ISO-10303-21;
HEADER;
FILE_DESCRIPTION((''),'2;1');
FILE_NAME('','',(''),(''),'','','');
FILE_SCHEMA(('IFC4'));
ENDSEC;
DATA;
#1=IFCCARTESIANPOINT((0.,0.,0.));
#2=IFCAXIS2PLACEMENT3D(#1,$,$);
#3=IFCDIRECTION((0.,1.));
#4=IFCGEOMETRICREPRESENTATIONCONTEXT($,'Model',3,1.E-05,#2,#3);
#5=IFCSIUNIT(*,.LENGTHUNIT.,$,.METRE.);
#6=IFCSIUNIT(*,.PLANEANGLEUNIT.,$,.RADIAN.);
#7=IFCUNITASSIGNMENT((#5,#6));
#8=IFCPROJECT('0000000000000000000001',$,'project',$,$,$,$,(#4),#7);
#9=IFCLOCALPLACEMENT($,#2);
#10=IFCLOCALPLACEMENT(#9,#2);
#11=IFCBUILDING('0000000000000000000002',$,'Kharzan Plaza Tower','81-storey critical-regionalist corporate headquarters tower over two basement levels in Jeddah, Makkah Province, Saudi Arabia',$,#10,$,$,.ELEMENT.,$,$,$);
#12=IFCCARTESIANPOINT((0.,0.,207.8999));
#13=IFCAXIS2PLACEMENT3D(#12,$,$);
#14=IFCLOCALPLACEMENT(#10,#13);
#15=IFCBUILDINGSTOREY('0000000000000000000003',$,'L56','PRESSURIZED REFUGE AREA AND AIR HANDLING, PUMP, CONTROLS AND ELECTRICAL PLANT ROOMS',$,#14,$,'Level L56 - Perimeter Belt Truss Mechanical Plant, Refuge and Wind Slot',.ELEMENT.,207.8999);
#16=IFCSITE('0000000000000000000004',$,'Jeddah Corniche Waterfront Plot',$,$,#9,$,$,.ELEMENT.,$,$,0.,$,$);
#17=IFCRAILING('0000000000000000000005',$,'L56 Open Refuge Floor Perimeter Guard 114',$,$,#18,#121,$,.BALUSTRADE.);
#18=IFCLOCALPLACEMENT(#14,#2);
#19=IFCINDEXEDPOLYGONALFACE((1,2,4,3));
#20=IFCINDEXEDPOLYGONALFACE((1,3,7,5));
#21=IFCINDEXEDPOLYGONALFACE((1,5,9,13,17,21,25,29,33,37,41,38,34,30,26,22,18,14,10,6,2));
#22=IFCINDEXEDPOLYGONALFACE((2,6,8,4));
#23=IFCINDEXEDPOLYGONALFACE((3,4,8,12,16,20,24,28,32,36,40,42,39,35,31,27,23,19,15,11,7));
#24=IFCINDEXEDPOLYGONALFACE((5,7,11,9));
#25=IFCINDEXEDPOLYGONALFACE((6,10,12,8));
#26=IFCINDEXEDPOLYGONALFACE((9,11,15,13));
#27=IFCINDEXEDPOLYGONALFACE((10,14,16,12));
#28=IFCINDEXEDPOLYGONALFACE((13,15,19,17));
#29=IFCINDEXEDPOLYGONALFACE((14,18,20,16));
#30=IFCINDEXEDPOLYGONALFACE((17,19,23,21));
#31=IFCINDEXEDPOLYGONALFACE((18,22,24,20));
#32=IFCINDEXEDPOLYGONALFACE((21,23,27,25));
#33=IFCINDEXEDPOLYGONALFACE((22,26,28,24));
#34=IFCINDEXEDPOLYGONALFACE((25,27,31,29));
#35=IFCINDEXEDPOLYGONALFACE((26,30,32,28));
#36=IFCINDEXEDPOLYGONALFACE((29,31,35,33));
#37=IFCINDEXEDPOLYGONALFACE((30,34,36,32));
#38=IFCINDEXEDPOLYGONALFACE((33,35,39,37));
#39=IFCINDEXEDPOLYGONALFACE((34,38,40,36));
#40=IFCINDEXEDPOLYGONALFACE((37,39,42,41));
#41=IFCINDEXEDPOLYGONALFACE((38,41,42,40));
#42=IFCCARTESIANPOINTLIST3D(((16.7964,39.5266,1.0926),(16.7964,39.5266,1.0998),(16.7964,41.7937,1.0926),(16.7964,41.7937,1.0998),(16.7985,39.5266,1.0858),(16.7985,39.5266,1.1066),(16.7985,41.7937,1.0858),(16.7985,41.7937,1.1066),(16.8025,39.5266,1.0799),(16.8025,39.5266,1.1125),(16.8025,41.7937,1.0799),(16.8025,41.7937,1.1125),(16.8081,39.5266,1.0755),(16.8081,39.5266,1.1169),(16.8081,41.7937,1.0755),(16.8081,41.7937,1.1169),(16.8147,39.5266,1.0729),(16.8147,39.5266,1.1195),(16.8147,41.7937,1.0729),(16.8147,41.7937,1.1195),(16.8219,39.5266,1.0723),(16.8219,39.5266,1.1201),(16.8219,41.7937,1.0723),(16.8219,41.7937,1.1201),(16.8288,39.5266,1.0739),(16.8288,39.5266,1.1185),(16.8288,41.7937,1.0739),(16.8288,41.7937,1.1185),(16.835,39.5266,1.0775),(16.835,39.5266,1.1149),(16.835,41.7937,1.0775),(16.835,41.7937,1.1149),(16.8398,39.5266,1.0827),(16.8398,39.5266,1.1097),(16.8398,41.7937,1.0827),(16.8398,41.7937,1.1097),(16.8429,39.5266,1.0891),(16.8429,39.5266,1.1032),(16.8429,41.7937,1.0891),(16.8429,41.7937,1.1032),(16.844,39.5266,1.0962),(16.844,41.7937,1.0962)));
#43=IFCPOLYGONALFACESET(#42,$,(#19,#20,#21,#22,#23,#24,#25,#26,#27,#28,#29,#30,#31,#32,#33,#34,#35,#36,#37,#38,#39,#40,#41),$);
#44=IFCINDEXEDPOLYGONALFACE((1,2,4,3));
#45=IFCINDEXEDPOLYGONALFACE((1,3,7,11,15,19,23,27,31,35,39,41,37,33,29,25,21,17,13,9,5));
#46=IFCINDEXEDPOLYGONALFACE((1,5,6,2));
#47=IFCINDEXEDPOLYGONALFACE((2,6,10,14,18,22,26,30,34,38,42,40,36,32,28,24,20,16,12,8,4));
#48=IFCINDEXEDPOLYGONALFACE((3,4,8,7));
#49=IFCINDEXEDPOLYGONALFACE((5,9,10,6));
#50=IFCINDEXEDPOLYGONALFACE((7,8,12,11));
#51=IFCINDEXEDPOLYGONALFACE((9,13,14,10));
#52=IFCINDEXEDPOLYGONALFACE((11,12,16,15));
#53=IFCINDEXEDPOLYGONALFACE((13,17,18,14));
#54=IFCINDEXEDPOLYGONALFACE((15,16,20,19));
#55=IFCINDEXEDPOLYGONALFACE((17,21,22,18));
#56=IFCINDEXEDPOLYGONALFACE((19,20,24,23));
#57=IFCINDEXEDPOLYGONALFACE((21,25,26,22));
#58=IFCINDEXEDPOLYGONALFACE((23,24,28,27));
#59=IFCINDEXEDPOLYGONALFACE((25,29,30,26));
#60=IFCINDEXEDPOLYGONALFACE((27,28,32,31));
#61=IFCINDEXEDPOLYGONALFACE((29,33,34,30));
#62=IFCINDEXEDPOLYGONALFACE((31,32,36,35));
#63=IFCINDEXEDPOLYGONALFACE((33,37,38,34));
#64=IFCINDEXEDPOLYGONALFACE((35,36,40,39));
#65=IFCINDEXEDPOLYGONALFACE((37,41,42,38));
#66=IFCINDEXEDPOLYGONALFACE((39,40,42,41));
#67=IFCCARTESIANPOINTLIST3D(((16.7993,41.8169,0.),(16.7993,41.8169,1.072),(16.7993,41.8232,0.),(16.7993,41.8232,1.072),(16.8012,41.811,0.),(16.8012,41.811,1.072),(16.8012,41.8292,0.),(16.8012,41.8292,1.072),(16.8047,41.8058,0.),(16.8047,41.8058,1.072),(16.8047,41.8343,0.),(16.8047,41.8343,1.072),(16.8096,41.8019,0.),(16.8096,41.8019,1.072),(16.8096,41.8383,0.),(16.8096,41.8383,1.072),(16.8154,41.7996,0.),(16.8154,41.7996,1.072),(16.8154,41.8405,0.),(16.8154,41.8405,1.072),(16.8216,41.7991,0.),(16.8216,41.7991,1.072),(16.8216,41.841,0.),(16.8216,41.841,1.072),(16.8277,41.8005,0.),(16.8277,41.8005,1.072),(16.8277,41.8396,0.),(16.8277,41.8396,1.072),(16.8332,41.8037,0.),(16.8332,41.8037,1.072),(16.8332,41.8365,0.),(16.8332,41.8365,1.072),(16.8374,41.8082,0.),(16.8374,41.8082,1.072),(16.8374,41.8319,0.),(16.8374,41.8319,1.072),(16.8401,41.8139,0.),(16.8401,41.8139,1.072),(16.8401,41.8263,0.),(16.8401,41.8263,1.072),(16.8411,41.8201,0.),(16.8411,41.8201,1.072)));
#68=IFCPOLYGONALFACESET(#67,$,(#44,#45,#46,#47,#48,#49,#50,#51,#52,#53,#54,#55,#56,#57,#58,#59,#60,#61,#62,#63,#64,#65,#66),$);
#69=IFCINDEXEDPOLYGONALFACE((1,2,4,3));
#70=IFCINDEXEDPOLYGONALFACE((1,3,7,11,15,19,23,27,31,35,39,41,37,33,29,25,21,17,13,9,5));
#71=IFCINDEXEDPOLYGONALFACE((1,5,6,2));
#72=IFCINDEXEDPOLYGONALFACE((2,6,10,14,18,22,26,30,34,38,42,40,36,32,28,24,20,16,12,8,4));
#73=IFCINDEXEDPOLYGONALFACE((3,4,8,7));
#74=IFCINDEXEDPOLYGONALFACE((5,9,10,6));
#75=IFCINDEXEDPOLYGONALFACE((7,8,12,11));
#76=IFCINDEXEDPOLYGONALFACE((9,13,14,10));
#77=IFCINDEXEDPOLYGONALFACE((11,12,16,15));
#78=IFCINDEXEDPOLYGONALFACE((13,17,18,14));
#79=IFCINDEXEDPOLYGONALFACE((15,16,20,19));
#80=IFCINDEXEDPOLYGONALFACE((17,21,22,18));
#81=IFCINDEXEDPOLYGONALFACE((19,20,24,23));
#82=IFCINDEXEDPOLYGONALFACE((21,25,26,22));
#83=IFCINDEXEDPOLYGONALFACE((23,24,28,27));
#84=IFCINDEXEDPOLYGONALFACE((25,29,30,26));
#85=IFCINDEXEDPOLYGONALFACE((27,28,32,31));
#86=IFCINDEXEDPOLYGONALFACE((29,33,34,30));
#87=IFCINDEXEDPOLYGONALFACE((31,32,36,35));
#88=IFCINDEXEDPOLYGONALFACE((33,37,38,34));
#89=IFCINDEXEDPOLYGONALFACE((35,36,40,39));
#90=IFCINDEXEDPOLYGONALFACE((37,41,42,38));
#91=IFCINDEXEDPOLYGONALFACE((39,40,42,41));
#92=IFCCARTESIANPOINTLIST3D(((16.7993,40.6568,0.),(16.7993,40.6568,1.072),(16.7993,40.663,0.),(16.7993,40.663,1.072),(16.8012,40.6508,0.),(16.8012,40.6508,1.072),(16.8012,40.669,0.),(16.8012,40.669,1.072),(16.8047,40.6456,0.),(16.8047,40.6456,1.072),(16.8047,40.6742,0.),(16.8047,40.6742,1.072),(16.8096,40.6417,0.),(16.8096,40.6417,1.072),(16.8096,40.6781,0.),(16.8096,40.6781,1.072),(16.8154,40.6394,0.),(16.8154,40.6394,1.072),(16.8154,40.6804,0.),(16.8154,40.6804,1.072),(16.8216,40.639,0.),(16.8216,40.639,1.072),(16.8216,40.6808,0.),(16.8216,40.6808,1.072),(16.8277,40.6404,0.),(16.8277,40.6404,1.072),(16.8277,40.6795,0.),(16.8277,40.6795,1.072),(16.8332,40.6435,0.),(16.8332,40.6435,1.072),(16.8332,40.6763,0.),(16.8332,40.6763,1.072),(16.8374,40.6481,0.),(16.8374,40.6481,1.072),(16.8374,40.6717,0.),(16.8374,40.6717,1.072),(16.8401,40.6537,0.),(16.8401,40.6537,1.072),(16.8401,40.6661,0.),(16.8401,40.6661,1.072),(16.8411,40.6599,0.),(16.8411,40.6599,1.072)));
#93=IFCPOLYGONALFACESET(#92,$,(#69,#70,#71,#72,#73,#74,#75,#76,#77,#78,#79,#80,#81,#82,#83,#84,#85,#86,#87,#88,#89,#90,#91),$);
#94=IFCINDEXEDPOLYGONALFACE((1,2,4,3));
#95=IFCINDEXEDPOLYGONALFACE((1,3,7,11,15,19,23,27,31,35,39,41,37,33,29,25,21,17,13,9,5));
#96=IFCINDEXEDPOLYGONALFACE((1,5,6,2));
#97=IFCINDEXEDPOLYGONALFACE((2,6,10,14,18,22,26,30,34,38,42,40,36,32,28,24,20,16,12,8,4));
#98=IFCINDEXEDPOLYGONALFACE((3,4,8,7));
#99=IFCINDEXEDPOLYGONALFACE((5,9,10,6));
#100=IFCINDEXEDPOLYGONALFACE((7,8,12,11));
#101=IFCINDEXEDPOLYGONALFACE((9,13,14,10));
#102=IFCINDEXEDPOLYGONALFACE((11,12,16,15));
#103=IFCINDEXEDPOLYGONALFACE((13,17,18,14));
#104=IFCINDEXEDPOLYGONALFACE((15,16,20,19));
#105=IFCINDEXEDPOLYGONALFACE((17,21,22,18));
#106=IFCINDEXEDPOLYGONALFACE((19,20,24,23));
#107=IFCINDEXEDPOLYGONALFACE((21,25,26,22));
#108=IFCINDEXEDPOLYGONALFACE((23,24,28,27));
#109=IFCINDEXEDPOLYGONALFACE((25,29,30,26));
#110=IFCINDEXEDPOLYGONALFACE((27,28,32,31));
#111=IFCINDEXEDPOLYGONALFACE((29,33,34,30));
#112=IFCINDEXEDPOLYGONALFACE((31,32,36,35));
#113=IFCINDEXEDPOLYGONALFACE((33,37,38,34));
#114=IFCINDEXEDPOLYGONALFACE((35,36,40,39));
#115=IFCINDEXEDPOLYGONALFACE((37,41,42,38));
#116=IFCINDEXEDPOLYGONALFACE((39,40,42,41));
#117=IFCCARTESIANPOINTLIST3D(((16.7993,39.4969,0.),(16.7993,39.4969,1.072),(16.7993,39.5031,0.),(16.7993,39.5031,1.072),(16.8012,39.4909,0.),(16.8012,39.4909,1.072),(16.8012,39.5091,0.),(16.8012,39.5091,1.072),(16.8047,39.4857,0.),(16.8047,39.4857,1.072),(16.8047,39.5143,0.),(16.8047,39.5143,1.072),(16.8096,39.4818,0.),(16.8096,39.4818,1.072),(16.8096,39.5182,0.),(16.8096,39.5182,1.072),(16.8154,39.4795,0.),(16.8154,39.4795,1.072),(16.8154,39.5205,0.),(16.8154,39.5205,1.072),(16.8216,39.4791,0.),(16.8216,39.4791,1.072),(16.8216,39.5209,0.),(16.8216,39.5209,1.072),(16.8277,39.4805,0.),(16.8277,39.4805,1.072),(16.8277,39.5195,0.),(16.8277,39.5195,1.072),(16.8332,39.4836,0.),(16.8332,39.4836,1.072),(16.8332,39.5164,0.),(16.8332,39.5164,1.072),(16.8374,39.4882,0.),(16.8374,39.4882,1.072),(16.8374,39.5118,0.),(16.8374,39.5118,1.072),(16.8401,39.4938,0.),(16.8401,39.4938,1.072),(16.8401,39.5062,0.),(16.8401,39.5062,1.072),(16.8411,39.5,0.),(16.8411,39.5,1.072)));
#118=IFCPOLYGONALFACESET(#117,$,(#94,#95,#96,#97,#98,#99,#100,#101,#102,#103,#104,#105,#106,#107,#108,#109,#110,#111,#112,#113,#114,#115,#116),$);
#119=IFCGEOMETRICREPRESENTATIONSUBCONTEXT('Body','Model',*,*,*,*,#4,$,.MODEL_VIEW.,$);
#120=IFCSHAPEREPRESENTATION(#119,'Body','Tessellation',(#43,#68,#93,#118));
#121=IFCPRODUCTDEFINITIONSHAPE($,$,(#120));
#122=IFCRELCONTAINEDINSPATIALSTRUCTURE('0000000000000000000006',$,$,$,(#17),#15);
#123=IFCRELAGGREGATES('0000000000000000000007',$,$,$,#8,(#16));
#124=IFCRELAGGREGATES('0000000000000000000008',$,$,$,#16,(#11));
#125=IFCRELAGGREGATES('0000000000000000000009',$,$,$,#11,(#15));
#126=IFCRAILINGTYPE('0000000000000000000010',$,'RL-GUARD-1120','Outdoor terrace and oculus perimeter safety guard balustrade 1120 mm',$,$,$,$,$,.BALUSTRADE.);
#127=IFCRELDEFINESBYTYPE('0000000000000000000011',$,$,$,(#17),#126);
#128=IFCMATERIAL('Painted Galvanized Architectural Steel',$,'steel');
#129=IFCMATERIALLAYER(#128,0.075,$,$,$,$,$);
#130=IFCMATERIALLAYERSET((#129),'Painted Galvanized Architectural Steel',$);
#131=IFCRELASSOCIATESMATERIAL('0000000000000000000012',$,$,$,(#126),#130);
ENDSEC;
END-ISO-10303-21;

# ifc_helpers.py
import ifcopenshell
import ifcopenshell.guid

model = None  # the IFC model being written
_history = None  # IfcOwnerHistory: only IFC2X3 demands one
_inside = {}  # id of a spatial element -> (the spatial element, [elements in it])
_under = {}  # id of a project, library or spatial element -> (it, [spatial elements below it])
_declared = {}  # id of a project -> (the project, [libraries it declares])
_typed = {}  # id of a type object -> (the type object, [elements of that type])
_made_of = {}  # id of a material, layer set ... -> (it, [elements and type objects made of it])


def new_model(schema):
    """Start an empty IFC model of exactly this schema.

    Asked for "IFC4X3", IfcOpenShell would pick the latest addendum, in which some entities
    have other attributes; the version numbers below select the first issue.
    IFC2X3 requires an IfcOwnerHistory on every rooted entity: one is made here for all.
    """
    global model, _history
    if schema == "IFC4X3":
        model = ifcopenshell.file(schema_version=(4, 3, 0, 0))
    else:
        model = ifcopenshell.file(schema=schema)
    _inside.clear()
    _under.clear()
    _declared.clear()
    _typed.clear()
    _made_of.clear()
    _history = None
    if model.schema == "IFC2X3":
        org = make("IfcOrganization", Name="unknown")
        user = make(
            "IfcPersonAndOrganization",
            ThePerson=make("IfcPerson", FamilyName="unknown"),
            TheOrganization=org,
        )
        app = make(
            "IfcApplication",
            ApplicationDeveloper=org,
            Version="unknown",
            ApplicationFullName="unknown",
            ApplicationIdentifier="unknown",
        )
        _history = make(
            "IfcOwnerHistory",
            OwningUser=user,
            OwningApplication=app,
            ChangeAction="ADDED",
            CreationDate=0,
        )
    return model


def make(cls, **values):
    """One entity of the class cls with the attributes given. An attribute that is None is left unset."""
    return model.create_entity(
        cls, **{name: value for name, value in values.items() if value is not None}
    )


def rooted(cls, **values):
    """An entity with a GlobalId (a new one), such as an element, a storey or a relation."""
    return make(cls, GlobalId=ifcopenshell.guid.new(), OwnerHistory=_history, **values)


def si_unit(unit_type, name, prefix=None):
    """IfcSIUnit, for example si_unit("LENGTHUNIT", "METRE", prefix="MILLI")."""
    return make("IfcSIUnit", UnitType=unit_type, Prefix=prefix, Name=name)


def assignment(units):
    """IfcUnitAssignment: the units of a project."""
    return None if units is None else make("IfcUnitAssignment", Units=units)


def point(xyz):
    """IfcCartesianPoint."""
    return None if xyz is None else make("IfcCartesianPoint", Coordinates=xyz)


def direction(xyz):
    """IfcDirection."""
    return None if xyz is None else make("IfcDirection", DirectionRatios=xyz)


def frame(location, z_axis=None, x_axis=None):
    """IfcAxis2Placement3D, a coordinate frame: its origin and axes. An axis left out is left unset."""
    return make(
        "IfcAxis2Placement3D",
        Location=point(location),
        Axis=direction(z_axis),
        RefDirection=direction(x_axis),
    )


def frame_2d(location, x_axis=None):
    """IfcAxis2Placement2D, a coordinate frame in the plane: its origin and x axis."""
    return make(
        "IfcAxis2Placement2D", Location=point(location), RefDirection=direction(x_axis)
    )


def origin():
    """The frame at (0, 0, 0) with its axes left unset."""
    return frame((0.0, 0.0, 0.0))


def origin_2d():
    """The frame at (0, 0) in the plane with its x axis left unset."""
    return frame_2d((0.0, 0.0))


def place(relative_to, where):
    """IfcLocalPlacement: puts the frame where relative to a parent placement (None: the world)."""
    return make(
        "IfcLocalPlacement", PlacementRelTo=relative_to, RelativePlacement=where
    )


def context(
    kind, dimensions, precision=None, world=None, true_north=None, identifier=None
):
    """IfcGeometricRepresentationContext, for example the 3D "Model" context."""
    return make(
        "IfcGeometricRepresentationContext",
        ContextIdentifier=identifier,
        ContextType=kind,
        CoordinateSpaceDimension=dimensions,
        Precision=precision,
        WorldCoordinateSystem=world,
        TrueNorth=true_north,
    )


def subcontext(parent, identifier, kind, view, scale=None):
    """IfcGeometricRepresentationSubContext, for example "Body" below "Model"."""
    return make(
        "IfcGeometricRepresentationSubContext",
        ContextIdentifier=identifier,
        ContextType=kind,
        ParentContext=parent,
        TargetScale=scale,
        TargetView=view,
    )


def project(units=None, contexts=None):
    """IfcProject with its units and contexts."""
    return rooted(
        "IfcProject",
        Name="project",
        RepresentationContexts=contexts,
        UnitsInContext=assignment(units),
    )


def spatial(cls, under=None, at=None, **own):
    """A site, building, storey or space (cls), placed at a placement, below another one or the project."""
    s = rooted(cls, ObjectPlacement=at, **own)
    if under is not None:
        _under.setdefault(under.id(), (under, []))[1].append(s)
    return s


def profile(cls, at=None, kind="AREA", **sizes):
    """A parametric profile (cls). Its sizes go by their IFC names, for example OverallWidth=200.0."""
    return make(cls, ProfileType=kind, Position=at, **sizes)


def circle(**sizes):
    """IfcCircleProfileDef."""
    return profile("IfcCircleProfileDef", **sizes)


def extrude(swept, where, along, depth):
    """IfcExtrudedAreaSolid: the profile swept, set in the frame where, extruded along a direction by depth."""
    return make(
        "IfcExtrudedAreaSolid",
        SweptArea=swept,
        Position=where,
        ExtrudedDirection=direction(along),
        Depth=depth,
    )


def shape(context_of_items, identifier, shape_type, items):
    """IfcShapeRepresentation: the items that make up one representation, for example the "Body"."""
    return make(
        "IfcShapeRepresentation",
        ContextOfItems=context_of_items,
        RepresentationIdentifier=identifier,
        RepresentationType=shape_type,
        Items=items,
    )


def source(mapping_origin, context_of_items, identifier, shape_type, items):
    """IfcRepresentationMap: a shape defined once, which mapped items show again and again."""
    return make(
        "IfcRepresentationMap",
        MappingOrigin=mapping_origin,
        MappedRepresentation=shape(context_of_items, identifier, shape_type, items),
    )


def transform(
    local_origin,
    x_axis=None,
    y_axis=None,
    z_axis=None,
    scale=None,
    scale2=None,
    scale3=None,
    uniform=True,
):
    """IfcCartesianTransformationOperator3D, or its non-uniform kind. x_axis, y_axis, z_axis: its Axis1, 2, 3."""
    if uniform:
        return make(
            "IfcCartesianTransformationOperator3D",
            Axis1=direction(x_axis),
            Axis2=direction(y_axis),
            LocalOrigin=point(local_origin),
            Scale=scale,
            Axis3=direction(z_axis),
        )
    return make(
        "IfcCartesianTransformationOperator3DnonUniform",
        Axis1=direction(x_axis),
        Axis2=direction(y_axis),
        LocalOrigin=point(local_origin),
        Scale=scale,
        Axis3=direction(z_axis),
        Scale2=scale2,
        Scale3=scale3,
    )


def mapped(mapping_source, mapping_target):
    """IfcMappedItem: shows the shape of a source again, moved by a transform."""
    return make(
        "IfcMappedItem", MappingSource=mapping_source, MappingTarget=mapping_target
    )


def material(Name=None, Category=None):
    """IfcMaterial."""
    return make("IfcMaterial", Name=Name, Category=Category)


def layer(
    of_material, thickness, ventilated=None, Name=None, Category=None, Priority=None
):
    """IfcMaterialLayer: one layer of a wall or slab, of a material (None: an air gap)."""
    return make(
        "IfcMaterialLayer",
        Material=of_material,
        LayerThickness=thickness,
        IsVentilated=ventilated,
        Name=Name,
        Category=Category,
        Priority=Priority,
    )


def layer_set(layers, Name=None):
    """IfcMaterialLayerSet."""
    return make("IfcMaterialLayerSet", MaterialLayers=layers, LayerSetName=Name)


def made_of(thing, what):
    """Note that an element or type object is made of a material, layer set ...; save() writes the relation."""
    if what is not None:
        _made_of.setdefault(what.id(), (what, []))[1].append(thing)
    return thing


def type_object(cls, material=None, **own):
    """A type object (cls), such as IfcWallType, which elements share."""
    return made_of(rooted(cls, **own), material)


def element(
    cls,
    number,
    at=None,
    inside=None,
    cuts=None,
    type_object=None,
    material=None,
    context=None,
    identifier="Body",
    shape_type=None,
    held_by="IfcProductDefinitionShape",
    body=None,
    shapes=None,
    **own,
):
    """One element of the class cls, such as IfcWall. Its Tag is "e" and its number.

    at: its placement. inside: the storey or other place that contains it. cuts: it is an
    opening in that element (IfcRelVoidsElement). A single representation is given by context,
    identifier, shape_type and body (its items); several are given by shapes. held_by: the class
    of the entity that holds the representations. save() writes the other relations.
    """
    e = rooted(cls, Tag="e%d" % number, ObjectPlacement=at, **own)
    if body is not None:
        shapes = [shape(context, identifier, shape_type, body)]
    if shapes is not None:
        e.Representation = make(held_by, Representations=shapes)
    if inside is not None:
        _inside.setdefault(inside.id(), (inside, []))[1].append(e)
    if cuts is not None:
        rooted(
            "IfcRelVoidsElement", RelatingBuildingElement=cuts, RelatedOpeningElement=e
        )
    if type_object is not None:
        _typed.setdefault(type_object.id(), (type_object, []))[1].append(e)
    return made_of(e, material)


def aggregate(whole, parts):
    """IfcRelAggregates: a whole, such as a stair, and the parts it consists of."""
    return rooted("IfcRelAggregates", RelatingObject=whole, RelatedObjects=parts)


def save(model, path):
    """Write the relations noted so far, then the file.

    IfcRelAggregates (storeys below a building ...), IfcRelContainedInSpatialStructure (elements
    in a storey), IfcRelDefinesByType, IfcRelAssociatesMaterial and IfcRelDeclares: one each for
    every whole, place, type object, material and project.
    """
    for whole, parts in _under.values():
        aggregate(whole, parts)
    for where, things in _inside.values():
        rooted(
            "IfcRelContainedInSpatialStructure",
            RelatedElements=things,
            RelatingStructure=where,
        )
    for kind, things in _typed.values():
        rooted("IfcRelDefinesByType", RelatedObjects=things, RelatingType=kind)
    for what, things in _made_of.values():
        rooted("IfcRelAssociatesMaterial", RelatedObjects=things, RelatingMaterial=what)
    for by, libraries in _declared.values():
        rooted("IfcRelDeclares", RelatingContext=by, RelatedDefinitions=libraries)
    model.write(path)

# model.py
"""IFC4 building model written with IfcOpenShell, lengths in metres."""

from ifc_helpers import new_model, si_unit, direction, frame, origin, origin_2d, place, context, subcontext, project, spatial, circle, extrude, source, transform, mapped, material, layer, layer_set, type_object, element, save


model = new_model("IFC4")

# Units and contexts
model_context = context("Model", 3, precision=1e-05, world=origin(), true_north=direction((0.0, 1.0)))
body_context = subcontext(model_context, "Body", "Model", "MODEL_VIEW")
ifc_project = project(units=[si_unit("LENGTHUNIT", "METRE"), si_unit("PLANEANGLEUNIT", "RADIAN")], contexts=[model_context])

# Site, building, storey
site_placement = place(None, origin())
site = spatial("IfcSite", under=ifc_project, at=site_placement, Name="Jeddah Corniche Waterfront Plot", CompositionType="ELEMENT", RefElevation=0.0)
building_placement = place(site_placement, origin())
building = spatial("IfcBuilding", under=site, at=building_placement, Name="Kharzan Plaza Tower", Description="81-storey critical-regionalist corporate headquarters tower over two basement levels in Jeddah, Makkah Province, Saudi Arabia", CompositionType="ELEMENT")
storey_placement = place(building_placement, frame((0.0, 0.0, 207.8999)))
storey = spatial("IfcBuildingStorey", under=building, at=storey_placement, Name="L56", Description="PRESSURIZED REFUGE AREA AND AIR HANDLING, PUMP, CONTROLS AND ELECTRICAL PLANT ROOMS", LongName="Level L56 - Perimeter Belt Truss Mechanical Plant, Refuge and Wind Slot", CompositionType="ELEMENT", Elevation=207.8999)

# Railing
ifc_material_1 = material(Name="Painted Galvanized Architectural Steel", Category="steel")
ifc_layer_1 = layer(ifc_material_1, 0.075)
ifc_layer_set_1 = layer_set([ifc_layer_1], Name="Painted Galvanized Architectural Steel")
railing_type_1 = type_object("IfcRailingType", Name="RL-GUARD-1120", Description="Outdoor terrace and oculus perimeter safety guard balustrade 1120 mm", PredefinedType="BALUSTRADE", material=ifc_layer_set_1)
shared_shape_1 = source(origin(), body_context, "Body", "SweptSolid", [
    extrude(circle(Radius=0.0239, at=origin_2d()), frame((0.0, -0.0264, 1.0962), z_axis=(0.0, -1.0, 0.0), x_axis=(1.0, 0.0, 0.0)), (0.0, 0.0, 1.0), 2.2671),
    extrude(circle(Radius=0.021, at=origin_2d()), origin(), (0.0, 0.0, 1.0), 1.072),
    extrude(circle(Radius=0.021, at=origin_2d()), frame((0.0, -1.1602, 0.0)), (0.0, 0.0, 1.0), 1.072),
    extrude(circle(Radius=0.021, at=origin_2d()), frame((0.0, -2.3201, 0.0)), (0.0, 0.0, 1.0), 1.072),
])
railing_1_placement = place(storey_placement, frame((16.8201, 41.8201, 0.0)))
element("IfcRailing", 1, at=railing_1_placement, inside=storey, type_object=railing_type_1, Name="L56 Open Refuge Floor Perimeter Guard 114", PredefinedType="BALUSTRADE", context=body_context, shape_type="MappedRepresentation", body=[
    mapped(shared_shape_1, transform((0.0, 0.0, 0.0), x_axis=(1.0, 0.0, 0.0), y_axis=(0.0, 1.0, 0.0), z_axis=(0.0, 0.0, 1.0))),
])

save(model, "model.ifc")
